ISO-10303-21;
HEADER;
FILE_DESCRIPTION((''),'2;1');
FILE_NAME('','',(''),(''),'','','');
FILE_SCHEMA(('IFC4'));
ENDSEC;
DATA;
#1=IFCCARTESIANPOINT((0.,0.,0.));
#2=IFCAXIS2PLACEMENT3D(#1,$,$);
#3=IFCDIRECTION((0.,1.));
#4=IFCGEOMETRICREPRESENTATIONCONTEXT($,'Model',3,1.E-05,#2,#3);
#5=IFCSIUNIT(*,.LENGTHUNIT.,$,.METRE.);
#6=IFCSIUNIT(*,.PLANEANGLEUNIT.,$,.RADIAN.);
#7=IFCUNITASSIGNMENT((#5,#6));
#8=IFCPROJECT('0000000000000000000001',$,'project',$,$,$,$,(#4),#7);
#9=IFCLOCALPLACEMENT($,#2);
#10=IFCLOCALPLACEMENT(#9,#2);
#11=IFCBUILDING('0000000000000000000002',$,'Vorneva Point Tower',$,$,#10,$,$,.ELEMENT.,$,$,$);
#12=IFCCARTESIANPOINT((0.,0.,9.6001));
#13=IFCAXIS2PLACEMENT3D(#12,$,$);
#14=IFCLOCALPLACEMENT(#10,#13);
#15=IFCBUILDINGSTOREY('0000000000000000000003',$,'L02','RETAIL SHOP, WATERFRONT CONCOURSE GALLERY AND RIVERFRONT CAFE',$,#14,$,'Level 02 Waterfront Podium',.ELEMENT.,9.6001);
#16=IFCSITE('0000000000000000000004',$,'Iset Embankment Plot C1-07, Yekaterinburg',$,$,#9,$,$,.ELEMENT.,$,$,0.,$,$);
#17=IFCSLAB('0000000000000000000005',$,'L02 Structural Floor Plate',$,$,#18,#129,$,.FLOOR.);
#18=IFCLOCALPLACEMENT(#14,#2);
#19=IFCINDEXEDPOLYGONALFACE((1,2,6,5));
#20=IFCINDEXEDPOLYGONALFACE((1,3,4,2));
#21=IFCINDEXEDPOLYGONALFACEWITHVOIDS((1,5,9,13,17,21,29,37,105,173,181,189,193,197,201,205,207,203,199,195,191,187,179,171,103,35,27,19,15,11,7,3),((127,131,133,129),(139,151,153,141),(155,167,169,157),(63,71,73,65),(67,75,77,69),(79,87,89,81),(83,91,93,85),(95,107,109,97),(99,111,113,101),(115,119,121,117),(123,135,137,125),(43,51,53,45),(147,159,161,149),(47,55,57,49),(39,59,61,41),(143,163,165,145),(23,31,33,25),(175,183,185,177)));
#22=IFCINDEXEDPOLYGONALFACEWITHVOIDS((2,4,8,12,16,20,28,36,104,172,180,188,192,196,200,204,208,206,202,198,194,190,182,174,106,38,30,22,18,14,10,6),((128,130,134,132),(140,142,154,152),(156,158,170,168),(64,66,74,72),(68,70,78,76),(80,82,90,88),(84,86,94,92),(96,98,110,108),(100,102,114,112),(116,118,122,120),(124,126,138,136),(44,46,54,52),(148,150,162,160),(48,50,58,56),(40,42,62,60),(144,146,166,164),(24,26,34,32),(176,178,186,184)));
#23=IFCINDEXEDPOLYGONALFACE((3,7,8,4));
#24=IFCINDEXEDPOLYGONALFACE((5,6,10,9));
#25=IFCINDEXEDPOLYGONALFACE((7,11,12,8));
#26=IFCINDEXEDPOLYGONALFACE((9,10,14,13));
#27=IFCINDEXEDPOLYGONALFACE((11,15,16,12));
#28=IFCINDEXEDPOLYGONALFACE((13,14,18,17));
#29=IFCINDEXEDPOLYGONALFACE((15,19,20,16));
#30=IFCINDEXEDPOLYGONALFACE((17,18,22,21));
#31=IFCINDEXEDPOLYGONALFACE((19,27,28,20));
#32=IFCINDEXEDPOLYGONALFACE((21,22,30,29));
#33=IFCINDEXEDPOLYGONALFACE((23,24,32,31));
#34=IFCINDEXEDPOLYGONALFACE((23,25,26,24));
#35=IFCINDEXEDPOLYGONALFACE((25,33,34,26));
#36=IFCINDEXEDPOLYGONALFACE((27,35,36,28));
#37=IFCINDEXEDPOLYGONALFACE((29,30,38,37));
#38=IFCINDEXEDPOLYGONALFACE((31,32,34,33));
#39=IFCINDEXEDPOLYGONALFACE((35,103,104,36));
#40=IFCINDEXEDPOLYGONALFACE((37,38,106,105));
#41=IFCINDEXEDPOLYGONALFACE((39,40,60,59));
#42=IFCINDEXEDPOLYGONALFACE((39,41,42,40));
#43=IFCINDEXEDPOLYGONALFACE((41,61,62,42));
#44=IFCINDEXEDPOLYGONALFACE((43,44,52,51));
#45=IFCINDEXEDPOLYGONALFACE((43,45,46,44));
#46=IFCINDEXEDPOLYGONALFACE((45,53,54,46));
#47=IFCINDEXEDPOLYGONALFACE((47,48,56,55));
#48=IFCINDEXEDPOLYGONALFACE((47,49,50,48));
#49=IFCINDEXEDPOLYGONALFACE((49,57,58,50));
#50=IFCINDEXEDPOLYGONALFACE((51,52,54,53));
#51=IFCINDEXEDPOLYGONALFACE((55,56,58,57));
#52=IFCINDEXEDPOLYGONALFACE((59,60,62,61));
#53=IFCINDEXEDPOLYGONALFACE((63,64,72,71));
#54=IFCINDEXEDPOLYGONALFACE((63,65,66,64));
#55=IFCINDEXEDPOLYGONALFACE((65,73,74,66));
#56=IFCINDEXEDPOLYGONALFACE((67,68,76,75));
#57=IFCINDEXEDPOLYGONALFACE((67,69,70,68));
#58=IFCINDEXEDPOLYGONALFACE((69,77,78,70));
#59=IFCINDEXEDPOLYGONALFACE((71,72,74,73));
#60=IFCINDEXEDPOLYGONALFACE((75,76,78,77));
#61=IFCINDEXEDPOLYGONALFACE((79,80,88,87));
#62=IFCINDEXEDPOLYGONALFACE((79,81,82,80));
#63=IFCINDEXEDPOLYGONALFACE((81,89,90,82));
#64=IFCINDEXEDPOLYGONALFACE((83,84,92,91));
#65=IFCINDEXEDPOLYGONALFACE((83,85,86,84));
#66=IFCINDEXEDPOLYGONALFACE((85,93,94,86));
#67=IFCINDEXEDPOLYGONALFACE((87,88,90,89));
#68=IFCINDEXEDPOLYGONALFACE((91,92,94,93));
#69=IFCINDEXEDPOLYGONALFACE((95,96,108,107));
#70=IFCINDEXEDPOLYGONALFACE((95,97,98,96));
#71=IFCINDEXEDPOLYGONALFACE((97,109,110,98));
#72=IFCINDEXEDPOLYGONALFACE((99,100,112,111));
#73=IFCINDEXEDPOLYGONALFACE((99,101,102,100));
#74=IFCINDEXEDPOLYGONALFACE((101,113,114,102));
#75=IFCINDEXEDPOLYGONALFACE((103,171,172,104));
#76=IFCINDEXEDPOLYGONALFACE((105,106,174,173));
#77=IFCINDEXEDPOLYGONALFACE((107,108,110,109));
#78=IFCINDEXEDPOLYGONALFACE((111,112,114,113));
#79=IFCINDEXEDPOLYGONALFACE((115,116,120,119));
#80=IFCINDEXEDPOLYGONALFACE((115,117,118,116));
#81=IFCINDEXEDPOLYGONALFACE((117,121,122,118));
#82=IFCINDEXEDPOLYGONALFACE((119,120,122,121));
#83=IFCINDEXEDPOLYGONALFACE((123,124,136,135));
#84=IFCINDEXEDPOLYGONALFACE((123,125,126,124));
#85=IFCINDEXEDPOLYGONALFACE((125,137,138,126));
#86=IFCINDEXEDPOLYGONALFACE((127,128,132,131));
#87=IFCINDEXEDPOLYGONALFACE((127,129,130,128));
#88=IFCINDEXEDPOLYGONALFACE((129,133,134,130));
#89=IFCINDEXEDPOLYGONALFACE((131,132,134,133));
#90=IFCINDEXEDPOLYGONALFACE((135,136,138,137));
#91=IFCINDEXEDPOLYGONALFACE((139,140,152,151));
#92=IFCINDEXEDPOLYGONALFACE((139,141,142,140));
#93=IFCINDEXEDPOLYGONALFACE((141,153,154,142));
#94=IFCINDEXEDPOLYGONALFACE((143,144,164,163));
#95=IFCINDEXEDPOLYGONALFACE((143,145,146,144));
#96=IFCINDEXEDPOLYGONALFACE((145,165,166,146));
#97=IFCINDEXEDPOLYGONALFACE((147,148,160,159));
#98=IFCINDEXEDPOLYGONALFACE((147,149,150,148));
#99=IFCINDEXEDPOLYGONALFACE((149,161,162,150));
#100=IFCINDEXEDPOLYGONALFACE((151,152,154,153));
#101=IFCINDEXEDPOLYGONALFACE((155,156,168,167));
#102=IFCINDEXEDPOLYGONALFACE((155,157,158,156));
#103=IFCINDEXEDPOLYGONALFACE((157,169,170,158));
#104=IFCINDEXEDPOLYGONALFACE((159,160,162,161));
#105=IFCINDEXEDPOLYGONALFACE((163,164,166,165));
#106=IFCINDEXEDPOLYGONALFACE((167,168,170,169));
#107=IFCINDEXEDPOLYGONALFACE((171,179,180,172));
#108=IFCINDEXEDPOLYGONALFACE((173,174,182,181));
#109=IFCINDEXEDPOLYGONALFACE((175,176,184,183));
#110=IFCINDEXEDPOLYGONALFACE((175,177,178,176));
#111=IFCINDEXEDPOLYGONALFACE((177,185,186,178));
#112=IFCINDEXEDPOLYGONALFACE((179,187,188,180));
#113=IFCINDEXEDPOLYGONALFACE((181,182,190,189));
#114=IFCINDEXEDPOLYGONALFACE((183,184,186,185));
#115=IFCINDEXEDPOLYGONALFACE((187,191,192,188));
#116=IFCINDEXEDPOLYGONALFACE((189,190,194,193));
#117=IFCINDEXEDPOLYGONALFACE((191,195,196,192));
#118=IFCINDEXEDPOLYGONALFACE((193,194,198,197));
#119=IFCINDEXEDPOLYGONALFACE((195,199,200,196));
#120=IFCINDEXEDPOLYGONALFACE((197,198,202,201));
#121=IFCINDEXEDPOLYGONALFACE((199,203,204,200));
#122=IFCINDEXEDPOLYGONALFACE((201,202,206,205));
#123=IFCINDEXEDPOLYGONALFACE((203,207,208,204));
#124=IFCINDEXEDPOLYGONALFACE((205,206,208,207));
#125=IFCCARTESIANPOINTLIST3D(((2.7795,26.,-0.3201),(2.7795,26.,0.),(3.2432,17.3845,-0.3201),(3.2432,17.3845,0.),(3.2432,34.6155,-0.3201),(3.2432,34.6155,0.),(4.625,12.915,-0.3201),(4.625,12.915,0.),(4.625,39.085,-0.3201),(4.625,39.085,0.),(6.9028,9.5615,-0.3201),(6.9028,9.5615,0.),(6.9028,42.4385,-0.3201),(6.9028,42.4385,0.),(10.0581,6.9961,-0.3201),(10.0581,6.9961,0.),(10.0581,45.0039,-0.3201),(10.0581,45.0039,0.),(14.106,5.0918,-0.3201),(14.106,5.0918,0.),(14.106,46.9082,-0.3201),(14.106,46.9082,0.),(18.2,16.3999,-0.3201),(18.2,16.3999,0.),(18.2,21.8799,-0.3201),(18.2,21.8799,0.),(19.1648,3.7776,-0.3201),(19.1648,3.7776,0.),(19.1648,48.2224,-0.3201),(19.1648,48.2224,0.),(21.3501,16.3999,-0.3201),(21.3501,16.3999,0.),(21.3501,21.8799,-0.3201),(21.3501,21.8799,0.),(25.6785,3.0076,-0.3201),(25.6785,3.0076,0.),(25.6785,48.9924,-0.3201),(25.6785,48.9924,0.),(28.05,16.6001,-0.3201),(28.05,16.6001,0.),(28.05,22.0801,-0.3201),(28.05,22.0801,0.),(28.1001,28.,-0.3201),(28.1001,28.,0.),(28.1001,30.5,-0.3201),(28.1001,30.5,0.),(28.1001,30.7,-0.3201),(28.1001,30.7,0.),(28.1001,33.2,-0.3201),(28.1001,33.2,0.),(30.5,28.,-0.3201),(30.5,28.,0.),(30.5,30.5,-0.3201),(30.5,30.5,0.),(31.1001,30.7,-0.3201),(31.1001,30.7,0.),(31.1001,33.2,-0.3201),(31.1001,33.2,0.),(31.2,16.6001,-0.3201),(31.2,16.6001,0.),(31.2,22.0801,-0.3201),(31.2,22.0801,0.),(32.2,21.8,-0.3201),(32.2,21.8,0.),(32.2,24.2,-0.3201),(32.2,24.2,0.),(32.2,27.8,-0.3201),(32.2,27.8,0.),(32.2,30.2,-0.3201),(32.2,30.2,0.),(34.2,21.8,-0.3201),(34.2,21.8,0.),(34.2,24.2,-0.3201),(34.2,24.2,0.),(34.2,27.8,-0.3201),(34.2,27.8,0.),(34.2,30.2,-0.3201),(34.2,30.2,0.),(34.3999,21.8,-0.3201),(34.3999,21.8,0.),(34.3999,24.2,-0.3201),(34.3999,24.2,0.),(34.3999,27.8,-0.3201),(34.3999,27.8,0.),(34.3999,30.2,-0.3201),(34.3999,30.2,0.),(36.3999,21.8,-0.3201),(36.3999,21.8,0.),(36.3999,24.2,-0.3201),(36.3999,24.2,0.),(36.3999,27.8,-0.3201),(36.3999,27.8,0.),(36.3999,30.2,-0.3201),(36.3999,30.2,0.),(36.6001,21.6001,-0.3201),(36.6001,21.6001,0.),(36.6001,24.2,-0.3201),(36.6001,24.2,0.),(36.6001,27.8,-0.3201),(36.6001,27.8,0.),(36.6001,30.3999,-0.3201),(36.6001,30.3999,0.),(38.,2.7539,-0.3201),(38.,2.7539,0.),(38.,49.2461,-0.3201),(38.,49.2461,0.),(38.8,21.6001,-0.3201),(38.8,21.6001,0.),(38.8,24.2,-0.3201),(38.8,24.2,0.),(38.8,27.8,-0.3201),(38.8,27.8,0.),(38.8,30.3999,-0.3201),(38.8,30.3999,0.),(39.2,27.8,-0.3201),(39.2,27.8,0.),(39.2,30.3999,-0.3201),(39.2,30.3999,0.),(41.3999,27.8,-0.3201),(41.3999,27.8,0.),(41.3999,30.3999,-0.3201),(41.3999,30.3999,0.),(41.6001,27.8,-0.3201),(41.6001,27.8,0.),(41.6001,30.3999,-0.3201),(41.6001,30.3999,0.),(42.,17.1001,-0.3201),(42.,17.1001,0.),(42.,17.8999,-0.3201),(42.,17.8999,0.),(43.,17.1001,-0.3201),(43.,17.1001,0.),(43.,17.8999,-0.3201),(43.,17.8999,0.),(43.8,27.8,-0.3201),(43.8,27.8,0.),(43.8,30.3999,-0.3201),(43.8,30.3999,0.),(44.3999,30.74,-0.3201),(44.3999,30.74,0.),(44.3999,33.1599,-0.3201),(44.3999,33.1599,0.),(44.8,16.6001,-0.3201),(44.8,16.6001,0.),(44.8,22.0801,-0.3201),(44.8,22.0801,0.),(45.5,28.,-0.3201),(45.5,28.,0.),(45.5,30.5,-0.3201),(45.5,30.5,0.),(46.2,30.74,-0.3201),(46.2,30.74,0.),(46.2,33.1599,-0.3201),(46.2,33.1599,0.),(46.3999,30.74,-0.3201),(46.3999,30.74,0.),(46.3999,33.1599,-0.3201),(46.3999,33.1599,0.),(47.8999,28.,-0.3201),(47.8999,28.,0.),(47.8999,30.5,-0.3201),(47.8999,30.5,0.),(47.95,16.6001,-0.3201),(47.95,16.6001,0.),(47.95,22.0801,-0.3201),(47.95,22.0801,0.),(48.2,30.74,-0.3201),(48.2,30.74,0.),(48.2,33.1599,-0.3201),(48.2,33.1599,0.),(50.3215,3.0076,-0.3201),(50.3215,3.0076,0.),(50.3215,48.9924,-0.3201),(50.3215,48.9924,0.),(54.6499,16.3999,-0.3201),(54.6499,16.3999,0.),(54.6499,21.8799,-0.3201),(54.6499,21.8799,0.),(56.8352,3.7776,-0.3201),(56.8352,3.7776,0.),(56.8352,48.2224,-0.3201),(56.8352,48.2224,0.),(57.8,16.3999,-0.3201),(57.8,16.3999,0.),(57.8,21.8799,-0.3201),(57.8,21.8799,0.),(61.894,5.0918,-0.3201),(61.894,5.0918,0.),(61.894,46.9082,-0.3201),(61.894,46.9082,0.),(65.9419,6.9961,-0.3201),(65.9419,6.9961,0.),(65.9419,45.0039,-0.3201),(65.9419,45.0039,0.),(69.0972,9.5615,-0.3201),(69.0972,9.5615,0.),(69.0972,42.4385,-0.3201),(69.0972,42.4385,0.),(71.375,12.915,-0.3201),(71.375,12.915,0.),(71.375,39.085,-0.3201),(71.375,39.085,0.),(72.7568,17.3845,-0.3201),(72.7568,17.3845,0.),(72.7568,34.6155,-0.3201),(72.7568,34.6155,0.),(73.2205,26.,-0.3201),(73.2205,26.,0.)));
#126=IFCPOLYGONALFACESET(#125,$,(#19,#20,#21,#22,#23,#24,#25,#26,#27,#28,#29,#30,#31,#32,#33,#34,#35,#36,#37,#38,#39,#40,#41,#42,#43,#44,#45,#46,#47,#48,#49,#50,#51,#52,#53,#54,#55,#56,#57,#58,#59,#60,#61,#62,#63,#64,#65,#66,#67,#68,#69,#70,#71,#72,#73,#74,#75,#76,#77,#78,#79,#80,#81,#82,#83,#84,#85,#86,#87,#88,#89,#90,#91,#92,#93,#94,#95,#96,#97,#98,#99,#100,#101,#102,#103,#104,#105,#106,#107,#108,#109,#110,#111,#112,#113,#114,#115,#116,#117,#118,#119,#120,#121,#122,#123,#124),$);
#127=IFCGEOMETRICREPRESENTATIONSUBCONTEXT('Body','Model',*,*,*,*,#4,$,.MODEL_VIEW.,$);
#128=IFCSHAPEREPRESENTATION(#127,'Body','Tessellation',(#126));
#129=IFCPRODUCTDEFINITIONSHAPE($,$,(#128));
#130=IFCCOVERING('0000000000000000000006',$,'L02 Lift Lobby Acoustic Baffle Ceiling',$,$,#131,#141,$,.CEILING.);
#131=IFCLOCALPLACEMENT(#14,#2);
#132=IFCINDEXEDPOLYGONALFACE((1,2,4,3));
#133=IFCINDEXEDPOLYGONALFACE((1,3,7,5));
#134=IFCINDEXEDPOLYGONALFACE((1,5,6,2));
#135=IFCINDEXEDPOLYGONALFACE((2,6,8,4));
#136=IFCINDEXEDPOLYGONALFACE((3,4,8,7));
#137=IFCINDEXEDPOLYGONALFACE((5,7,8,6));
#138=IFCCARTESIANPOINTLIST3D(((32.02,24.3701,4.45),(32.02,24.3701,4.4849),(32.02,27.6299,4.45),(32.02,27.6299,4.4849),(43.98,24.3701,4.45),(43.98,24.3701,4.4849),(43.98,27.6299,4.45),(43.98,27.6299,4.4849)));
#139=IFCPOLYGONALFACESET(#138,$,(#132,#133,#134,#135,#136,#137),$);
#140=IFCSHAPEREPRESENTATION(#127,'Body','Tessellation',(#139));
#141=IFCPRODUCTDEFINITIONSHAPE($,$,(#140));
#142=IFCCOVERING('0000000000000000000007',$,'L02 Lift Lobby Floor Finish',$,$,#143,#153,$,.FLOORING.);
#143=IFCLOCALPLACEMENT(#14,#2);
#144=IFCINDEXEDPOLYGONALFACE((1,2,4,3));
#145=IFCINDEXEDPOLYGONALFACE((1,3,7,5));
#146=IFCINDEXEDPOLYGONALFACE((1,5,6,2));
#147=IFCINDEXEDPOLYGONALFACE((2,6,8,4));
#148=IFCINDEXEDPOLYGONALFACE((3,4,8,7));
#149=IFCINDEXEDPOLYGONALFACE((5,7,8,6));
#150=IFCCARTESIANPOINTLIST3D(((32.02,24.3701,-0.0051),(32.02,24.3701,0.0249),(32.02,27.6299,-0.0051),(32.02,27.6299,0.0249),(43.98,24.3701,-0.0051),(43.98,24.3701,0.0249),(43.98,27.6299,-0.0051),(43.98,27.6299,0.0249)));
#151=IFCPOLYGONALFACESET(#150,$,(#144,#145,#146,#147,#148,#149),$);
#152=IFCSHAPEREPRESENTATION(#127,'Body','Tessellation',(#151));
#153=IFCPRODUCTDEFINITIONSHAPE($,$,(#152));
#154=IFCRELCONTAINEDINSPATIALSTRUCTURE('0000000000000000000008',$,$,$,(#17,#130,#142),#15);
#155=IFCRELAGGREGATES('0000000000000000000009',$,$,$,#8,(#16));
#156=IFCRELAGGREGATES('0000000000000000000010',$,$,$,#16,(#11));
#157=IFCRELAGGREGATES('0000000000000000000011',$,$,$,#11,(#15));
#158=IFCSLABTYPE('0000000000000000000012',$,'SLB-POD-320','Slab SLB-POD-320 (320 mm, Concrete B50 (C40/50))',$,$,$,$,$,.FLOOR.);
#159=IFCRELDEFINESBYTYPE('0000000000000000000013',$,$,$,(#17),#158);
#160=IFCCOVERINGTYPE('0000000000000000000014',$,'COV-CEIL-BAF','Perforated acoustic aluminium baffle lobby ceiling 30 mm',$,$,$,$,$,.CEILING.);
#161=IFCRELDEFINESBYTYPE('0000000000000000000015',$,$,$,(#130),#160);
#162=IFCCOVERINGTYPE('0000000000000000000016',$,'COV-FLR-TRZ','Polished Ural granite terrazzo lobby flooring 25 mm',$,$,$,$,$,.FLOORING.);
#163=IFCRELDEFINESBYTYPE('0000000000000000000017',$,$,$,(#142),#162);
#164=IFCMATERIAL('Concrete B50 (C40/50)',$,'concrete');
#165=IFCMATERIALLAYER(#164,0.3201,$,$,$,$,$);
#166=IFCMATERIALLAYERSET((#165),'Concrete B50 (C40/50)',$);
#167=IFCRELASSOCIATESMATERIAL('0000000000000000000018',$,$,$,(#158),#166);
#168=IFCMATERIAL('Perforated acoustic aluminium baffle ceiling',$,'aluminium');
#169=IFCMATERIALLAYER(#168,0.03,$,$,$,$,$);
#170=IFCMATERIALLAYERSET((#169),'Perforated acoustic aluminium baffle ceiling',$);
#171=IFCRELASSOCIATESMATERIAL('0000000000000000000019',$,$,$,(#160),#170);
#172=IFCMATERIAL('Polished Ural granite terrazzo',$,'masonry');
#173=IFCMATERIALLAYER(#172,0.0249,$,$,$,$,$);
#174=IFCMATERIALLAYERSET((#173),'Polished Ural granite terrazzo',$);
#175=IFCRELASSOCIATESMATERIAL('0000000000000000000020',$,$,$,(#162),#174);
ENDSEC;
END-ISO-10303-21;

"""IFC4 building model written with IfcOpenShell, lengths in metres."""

from ifc_helpers import new_model, si_unit, direction, frame, origin, place, context, subcontext, project, spatial, polyline, outline, extrude, material, layer, layer_set, type_object, element, save


model = new_model("IFC4")

# Units and contexts
model_context = context("Model", 3, precision=1e-05, world=origin(), true_north=direction((0.0, 1.0)))
body_context = subcontext(model_context, "Body", "Model", "MODEL_VIEW")
ifc_project = project(units=[si_unit("LENGTHUNIT", "METRE"), si_unit("PLANEANGLEUNIT", "RADIAN")], contexts=[model_context])

# Site, building, storey
site_placement = place(None, origin())
site = spatial("IfcSite", under=ifc_project, at=site_placement, Name="Iset Embankment Plot C1-07, Yekaterinburg", CompositionType="ELEMENT", RefElevation=0.0)
building_placement = place(site_placement, origin())
building = spatial("IfcBuilding", under=site, at=building_placement, Name="Vorneva Point Tower", CompositionType="ELEMENT")
storey_placement = place(building_placement, frame((0.0, 0.0, 9.6001)))
storey = spatial("IfcBuildingStorey", under=building, at=storey_placement, Name="L02", Description="RETAIL SHOP, WATERFRONT CONCOURSE GALLERY AND RIVERFRONT CAFE", LongName="Level 02 Waterfront Podium", CompositionType="ELEMENT", Elevation=9.6001)

# Shared definitions
ifc_material_1 = material(Name="Concrete B50 (C40/50)", Category="concrete")

# Slab
ifc_layer_1 = layer(ifc_material_1, 0.3201)
ifc_layer_set_1 = layer_set([ifc_layer_1], Name="Concrete B50 (C40/50)")
slab_type_1 = type_object("IfcSlabType", Name="SLB-POD-320", Description="Slab SLB-POD-320 (320 mm, Concrete B50 (C40/50))", PredefinedType="FLOOR", material=ifc_layer_set_1)
slab_1_placement = place(storey_placement, frame((0.0, 0.0, -0.3201)))
element("IfcSlab", 1, at=slab_1_placement, inside=storey, type_object=slab_type_1, Name="L02 Structural Floor Plate", PredefinedType="FLOOR", context=body_context, shape_type="SweptSolid", body=[
    extrude(outline(polyline([(73.2205, 26.0), (72.7568, 34.6155), (71.375, 39.085), (69.0972, 42.4385), (65.9419, 45.0039), (61.894, 46.9082), (56.8352, 48.2224), (50.3215, 48.9924), (38.0, 49.2461), (25.6785, 48.9924), (19.1648, 48.2224), (14.106, 46.9082), (10.0581, 45.0039), (6.9028, 42.4385), (4.625, 39.085), (3.2432, 34.6155), (2.7795, 26.0), (3.2432, 17.3845), (4.625, 12.915), (6.9028, 9.5615), (10.0581, 6.9961), (14.106, 5.0918), (19.1648, 3.7776), (25.6785, 3.0076), (38.0, 2.7539), (50.3215, 3.0076), (56.8352, 3.7776), (61.894, 5.0918), (65.9419, 6.9961), (69.0972, 9.5615), (71.375, 12.915), (72.7568, 17.3845), (73.2205, 26.0)]), holes=[polyline([(32.2, 27.8), (34.2, 27.8), (34.2, 30.2), (32.2, 30.2), (32.2, 27.8)]), polyline([(34.3999, 27.8), (36.3999, 27.8), (36.3999, 30.2), (34.3999, 30.2), (34.3999, 27.8)]), polyline([(36.6001, 27.8), (38.8, 27.8), (38.8, 30.3999), (36.6001, 30.3999), (36.6001, 27.8)]), polyline([(32.2, 21.8), (34.2, 21.8), (34.2, 24.2), (32.2, 24.2), (32.2, 21.8)]), polyline([(34.3999, 21.8), (36.3999, 21.8), (36.3999, 24.2), (34.3999, 24.2), (34.3999, 21.8)]), polyline([(36.6001, 21.6001), (38.8, 21.6001), (38.8, 24.2), (36.6001, 24.2), (36.6001, 21.6001)]), polyline([(39.2, 27.8), (41.3999, 27.8), (41.3999, 30.3999), (39.2, 30.3999), (39.2, 27.8)]), polyline([(41.6001, 27.8), (43.8, 27.8), (43.8, 30.3999), (41.6001, 30.3999), (41.6001, 27.8)]), polyline([(44.3999, 30.74), (46.2, 30.74), (46.2, 33.1599), (44.3999, 33.1599), (44.3999, 30.74)]), polyline([(46.3999, 30.74), (48.2, 30.74), (48.2, 33.1599), (46.3999, 33.1599), (46.3999, 30.74)]), polyline([(28.1001, 28.0), (30.5, 28.0), (30.5, 30.5), (28.1001, 30.5), (28.1001, 28.0)]), polyline([(45.5, 28.0), (47.8999, 28.0), (47.8999, 30.5), (45.5, 30.5), (45.5, 28.0)]), polyline([(28.1001, 30.7), (31.1001, 30.7), (31.1001, 33.2), (28.1001, 33.2), (28.1001, 30.7)]), polyline([(28.05, 16.6001), (31.2, 16.6001), (31.2, 22.0801), (28.05, 22.0801), (28.05, 16.6001)]), polyline([(44.8, 16.6001), (47.95, 16.6001), (47.95, 22.0801), (44.8, 22.0801), (44.8, 16.6001)]), polyline([(18.2, 16.3999), (21.3501, 16.3999), (21.3501, 21.8799), (18.2, 21.8799), (18.2, 16.3999)]), polyline([(54.6499, 16.3999), (57.8, 16.3999), (57.8, 21.8799), (54.6499, 21.8799), (54.6499, 16.3999)]), polyline([(42.0, 17.1001), (43.0, 17.1001), (43.0, 17.8999), (42.0, 17.8999), (42.0, 17.1001)])]), origin(), (0.0, 0.0, 1.0), 0.3201),
])

# Coverings
ifc_material_2 = material(Name="Perforated acoustic aluminium baffle ceiling", Category="aluminium")
ifc_layer_2 = layer(ifc_material_2, 0.03)
ifc_layer_set_2 = layer_set([ifc_layer_2], Name="Perforated acoustic aluminium baffle ceiling")
covering_type_1 = type_object("IfcCoveringType", Name="COV-CEIL-BAF", Description="Perforated acoustic aluminium baffle lobby ceiling 30 mm", PredefinedType="CEILING", material=ifc_layer_set_2)
covering_1_placement = place(storey_placement, frame((0.0, 0.0, 4.45)))
element("IfcCovering", 2, at=covering_1_placement, inside=storey, type_object=covering_type_1, Name="L02 Lift Lobby Acoustic Baffle Ceiling", PredefinedType="CEILING", context=body_context, shape_type="SweptSolid", body=[
    extrude(outline(polyline([(32.02, 24.3701), (43.98, 24.3701), (43.98, 27.6299), (32.02, 27.6299), (32.02, 24.3701)])), origin(), (0.0, 0.0, 1.0), 0.0349),
])
ifc_material_3 = material(Name="Polished Ural granite terrazzo", Category="masonry")
ifc_layer_3 = layer(ifc_material_3, 0.0249)
ifc_layer_set_3 = layer_set([ifc_layer_3], Name="Polished Ural granite terrazzo")
covering_type_2 = type_object("IfcCoveringType", Name="COV-FLR-TRZ", Description="Polished Ural granite terrazzo lobby flooring 25 mm", PredefinedType="FLOORING", material=ifc_layer_set_3)
covering_2_placement = place(storey_placement, frame((0.0, 0.0, -0.0051)))
element("IfcCovering", 3, at=covering_2_placement, inside=storey, type_object=covering_type_2, Name="L02 Lift Lobby Floor Finish", PredefinedType="FLOORING", context=body_context, shape_type="SweptSolid", body=[
    extrude(outline(polyline([(32.02, 24.3701), (43.98, 24.3701), (43.98, 27.6299), (32.02, 27.6299), (32.02, 24.3701)])), origin(), (0.0, 0.0, 1.0), 0.03),
])

save(model, "model.ifc")
